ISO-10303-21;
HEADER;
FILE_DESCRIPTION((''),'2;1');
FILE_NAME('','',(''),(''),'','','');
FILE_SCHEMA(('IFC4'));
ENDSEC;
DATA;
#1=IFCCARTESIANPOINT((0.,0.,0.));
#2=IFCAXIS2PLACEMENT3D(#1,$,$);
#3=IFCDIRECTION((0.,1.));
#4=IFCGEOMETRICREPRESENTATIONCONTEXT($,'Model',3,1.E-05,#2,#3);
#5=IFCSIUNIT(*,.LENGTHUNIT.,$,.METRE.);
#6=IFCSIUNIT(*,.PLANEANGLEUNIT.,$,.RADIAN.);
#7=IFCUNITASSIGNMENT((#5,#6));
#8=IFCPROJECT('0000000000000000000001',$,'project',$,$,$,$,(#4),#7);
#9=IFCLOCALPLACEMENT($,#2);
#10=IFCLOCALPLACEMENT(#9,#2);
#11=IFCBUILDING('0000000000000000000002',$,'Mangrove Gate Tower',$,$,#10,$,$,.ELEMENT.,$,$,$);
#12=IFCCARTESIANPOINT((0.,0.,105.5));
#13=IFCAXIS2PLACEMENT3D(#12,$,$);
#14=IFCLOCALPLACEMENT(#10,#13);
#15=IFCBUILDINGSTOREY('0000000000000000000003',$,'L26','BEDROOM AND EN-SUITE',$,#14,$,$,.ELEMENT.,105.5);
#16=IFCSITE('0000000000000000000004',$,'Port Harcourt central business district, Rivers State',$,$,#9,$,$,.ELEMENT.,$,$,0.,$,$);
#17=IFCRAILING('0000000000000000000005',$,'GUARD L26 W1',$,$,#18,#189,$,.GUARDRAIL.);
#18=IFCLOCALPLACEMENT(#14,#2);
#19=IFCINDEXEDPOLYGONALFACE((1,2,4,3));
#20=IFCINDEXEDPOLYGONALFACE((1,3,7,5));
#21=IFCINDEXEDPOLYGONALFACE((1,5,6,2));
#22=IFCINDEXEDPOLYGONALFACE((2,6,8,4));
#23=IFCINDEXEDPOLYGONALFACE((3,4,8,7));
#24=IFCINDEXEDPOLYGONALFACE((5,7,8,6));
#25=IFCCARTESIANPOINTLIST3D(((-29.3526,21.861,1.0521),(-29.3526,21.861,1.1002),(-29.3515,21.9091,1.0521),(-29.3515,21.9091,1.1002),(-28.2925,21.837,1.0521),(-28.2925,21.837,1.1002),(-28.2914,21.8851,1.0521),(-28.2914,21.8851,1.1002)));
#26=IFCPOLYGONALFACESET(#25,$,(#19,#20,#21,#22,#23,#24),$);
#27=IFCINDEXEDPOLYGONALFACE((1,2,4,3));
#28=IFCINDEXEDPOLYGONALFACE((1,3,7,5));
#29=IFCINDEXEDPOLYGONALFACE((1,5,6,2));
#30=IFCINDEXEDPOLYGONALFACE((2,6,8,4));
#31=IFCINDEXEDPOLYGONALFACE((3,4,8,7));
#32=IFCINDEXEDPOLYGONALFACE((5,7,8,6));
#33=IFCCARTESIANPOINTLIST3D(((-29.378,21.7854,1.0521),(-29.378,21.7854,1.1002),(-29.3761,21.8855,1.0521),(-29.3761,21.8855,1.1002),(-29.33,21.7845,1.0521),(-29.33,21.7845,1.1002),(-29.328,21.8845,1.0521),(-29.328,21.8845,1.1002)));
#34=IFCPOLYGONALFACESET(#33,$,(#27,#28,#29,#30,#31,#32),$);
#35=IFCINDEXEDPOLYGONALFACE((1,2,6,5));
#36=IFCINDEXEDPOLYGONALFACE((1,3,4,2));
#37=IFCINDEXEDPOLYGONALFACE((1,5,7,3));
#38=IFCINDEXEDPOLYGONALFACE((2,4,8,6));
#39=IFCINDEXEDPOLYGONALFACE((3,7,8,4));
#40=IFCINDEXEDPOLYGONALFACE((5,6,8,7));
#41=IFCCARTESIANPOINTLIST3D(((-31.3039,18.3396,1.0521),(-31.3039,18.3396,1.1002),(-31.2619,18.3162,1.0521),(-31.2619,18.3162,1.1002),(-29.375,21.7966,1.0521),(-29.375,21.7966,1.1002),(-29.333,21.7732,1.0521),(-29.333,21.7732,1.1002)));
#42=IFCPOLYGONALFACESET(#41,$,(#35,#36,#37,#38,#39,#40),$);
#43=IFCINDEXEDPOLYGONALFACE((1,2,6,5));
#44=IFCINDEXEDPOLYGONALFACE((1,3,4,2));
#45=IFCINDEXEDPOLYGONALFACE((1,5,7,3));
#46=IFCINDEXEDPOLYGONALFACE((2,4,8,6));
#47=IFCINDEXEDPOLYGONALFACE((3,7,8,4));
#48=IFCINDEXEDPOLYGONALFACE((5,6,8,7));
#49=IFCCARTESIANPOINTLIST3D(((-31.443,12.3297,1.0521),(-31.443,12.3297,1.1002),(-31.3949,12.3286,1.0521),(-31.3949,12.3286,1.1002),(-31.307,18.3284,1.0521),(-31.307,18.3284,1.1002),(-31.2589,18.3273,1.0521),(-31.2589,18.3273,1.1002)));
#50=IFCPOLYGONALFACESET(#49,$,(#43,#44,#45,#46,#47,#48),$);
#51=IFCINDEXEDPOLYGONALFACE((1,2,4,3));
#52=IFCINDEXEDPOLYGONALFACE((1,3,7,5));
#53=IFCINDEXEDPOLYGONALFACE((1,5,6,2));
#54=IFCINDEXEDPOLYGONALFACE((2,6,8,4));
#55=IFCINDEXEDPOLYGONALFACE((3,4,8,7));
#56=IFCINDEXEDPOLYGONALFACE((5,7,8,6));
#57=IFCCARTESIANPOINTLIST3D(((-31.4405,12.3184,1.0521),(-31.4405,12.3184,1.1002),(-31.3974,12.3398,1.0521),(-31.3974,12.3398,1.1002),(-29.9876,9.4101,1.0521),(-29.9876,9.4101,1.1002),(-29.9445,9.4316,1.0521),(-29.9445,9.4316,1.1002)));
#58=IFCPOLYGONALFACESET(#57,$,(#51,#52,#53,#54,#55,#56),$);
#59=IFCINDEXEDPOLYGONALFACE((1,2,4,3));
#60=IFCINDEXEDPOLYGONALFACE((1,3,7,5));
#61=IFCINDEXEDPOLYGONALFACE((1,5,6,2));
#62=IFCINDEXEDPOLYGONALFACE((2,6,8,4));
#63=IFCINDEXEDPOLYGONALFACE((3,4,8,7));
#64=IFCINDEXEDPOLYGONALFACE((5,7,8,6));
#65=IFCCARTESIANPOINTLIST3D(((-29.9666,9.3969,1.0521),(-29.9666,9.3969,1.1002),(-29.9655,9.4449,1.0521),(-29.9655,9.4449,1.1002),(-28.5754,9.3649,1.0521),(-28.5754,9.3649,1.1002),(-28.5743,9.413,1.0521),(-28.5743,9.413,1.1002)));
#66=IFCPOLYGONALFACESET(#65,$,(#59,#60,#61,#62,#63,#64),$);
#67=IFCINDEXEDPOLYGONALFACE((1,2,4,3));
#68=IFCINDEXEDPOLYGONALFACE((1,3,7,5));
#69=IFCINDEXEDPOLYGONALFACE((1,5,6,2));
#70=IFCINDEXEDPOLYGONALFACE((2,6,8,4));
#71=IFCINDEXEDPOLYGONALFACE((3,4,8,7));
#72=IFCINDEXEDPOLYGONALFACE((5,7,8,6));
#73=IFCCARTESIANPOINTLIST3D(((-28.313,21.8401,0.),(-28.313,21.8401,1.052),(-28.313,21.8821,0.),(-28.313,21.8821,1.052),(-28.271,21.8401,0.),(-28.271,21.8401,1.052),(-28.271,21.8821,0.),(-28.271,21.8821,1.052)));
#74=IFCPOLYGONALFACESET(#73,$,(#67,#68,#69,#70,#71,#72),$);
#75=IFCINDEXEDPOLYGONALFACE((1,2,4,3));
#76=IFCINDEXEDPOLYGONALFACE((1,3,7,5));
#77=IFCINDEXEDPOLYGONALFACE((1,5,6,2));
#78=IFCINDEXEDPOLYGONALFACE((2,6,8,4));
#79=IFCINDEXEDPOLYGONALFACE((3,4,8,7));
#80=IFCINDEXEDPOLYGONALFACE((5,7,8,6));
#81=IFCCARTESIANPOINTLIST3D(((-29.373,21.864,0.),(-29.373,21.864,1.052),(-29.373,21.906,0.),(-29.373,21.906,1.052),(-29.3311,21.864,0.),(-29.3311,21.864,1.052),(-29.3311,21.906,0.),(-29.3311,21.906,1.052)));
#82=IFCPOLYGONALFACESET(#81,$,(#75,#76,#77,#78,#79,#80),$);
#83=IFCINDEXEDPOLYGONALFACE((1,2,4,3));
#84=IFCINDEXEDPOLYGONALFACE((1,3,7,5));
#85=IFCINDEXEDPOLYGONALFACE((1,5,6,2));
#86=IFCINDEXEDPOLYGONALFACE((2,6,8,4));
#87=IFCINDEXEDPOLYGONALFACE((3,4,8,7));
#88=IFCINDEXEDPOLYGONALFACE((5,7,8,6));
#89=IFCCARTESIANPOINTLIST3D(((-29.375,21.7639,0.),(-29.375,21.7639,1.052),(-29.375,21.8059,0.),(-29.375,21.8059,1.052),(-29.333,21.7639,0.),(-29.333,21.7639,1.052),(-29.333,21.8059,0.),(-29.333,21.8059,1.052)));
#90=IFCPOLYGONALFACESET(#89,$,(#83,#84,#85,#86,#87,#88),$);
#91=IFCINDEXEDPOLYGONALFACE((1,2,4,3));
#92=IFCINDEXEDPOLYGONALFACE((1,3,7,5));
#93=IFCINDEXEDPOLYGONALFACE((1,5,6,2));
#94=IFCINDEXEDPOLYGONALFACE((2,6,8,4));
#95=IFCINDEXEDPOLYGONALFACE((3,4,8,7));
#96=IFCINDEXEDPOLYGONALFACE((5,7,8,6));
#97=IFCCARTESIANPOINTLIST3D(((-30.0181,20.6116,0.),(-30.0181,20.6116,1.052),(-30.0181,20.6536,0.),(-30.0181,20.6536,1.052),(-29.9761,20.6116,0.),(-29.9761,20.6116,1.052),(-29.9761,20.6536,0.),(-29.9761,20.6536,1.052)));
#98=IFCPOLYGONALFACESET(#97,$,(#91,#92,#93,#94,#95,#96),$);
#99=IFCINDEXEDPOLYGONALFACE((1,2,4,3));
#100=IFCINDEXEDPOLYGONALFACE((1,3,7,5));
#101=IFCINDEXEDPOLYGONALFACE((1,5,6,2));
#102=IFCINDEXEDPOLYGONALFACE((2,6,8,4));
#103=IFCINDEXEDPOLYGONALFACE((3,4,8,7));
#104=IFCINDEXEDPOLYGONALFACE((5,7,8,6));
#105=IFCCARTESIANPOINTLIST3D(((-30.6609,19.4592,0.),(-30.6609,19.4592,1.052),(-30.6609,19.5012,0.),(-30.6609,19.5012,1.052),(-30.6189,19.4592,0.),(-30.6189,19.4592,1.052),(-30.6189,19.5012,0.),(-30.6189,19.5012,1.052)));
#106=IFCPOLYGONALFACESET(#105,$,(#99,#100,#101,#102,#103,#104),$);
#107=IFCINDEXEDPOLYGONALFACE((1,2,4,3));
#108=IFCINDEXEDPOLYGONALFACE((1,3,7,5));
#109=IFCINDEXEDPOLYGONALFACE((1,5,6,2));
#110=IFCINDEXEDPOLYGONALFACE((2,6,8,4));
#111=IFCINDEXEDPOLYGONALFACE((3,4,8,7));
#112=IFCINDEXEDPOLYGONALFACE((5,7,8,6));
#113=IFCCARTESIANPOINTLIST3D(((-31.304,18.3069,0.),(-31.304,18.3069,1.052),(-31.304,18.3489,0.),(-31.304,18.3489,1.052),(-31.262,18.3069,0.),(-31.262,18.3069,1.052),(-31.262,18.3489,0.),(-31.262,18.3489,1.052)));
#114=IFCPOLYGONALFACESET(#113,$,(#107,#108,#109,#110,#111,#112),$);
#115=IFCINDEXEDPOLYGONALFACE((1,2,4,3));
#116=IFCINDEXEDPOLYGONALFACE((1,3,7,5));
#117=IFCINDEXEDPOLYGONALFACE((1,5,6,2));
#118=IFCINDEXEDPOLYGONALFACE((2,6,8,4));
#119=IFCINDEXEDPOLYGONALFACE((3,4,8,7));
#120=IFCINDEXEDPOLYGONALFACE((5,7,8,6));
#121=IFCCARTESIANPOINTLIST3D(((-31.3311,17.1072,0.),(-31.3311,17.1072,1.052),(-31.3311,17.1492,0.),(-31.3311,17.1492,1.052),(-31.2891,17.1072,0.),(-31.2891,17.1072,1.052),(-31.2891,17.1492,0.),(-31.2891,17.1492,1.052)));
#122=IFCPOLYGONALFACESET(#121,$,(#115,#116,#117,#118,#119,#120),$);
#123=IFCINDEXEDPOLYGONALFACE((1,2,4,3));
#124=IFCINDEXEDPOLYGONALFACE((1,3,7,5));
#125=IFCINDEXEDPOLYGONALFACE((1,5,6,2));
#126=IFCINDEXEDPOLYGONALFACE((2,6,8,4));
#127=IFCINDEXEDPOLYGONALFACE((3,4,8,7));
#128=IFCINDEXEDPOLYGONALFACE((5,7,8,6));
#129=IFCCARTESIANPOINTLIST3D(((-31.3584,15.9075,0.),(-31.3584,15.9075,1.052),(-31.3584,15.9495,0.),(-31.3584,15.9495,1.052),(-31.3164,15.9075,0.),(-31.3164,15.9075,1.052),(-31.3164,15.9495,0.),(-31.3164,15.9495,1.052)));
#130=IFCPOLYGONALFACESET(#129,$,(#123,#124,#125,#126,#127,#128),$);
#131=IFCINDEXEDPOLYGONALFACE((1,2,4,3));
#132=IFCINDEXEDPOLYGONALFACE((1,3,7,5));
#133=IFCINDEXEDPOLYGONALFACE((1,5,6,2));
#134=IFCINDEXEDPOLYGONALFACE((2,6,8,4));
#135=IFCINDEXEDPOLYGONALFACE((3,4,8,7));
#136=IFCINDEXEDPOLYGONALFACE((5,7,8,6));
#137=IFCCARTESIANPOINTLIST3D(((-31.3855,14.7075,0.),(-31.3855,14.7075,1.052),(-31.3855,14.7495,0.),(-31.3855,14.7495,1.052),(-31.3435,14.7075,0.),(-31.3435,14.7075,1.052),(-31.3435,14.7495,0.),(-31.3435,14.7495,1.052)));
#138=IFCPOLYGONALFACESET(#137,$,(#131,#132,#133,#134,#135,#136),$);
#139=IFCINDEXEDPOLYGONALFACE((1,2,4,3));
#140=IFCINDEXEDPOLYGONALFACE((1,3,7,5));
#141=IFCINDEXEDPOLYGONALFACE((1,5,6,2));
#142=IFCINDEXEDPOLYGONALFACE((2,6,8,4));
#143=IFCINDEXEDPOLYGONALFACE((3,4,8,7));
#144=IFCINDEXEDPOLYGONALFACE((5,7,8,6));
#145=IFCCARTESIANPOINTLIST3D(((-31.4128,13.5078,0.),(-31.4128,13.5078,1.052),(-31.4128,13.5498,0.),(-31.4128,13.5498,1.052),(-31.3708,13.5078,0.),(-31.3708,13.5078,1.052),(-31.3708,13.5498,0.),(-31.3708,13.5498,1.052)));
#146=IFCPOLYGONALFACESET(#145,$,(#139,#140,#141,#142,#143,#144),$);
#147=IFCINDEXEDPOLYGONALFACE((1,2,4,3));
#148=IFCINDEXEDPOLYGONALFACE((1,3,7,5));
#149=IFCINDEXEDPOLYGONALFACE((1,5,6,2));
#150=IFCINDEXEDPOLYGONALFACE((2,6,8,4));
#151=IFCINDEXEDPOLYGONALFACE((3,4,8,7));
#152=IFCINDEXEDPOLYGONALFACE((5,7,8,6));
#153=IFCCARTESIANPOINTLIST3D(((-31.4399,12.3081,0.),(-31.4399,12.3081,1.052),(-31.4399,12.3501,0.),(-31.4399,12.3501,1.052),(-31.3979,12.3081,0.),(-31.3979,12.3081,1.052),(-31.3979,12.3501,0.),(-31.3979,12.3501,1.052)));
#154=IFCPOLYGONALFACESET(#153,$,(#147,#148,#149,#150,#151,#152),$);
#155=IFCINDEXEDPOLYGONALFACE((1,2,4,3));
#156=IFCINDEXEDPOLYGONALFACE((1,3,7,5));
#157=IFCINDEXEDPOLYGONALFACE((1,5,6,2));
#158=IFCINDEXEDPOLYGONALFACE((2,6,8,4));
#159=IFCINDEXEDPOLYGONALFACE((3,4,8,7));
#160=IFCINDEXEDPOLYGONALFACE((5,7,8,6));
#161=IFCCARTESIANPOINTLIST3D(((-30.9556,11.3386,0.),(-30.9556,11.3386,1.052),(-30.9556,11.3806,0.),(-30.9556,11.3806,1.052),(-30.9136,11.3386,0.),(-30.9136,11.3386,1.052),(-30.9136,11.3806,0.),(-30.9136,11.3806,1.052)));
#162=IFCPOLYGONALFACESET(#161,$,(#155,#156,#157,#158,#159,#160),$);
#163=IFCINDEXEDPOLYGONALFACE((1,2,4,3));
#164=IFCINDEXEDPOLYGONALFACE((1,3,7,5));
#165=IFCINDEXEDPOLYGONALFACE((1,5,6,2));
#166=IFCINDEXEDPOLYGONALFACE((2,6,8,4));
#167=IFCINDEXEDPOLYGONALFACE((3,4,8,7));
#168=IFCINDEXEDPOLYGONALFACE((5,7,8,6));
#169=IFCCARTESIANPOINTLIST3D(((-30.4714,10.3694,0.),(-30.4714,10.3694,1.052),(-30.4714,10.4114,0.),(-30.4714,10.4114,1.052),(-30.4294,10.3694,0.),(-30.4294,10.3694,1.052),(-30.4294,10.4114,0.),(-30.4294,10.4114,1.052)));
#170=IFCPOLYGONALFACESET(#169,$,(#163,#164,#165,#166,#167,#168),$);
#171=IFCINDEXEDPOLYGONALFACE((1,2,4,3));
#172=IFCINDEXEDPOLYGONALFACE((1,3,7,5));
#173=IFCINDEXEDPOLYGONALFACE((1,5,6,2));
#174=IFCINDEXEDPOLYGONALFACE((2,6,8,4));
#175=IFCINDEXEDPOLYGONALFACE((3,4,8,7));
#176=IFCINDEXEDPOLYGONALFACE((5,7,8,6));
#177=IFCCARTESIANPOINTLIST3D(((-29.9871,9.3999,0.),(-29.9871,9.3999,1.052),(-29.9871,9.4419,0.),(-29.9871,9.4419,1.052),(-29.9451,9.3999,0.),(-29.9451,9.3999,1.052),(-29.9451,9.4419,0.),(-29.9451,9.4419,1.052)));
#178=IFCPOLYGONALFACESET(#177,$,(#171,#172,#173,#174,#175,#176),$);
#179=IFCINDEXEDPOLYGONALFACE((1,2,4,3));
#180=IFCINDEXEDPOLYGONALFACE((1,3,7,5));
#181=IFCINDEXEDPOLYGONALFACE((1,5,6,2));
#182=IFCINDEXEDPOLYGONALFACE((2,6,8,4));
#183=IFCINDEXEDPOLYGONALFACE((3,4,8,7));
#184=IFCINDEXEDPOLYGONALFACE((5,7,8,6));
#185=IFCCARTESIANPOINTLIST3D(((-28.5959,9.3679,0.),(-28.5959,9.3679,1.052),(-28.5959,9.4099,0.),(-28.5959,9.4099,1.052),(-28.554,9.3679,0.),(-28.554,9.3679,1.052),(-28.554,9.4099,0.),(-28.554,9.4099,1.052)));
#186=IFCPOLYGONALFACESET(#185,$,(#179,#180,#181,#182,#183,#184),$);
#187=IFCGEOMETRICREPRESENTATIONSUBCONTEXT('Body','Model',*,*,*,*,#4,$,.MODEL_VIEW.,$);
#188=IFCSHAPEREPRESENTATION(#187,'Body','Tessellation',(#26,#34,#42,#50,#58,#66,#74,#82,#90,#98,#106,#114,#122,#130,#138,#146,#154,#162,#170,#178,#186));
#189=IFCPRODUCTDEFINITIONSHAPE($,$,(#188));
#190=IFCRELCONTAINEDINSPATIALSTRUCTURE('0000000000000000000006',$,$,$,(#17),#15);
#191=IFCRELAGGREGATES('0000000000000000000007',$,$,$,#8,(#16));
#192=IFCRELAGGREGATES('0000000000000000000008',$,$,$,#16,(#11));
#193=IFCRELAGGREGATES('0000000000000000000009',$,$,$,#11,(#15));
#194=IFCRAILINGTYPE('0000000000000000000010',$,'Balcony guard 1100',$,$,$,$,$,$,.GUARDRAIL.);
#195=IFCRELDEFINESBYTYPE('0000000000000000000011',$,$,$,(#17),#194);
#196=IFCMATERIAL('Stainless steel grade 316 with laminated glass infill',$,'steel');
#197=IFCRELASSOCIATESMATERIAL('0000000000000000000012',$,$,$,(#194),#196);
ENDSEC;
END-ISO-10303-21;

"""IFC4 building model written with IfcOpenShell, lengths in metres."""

from ifc_helpers import new_model, si_unit, direction, frame, origin, origin_2d, place, context, subcontext, project, spatial, rectangle, extrude, material, type_object, element, save


model = new_model("IFC4")

# Units and contexts
model_context = context("Model", 3, precision=1e-05, world=origin(), true_north=direction((0.0, 1.0)))
body_context = subcontext(model_context, "Body", "Model", "MODEL_VIEW")
ifc_project = project(units=[si_unit("LENGTHUNIT", "METRE"), si_unit("PLANEANGLEUNIT", "RADIAN")], contexts=[model_context])

# Site, building, storey
site_placement = place(None, origin())
site = spatial("IfcSite", under=ifc_project, at=site_placement, Name="Port Harcourt central business district, Rivers State", CompositionType="ELEMENT", RefElevation=0.0)
building_placement = place(site_placement, origin())
building = spatial("IfcBuilding", under=site, at=building_placement, Name="Mangrove Gate Tower", CompositionType="ELEMENT")
storey_placement = place(building_placement, frame((0.0, 0.0, 105.5)))
storey = spatial("IfcBuildingStorey", under=building, at=storey_placement, Name="L26", Description="BEDROOM AND EN-SUITE", CompositionType="ELEMENT", Elevation=105.5)

# Railing
ifc_material_1 = material(Name="Stainless steel grade 316 with laminated glass infill", Category="steel")
railing_type = type_object("IfcRailingType", Name="Balcony guard 1100", PredefinedType="GUARDRAIL", material=ifc_material_1)
railing_placement = place(storey_placement, frame((-28.292, 21.8611, 0.0)))
element("IfcRailing", 1, at=railing_placement, inside=storey, type_object=railing_type, Name="GUARD L26 W1", PredefinedType="GUARDRAIL", context=body_context, shape_type="SweptSolid", body=[
    extrude(rectangle(XDim=0.0481, YDim=0.0481, at=origin_2d()), frame((0.0, 0.0, 1.0762), z_axis=(-0.999745, 0.022564, 0.0), x_axis=(-0.022564, -0.999745, 0.0)), (0.0, 0.0, 1.0), 1.0603),
    extrude(rectangle(XDim=0.0481, YDim=0.0481, at=origin_2d()), frame((-1.0601, 0.0239, 1.0762), z_axis=(-0.019508, -0.99981, 0.0), x_axis=(0.99981, -0.019508, 0.0)), (0.0, 0.0, 1.0), 0.1001),
    extrude(rectangle(XDim=0.0481, YDim=0.0481, at=origin_2d()), frame((-1.062, -0.0762, 1.0762), z_axis=(-0.48726, -0.873257, 0.0), x_axis=(0.873257, -0.48726, 0.0)), (0.0, 0.0, 1.0), 3.9587),
    extrude(rectangle(XDim=0.0481, YDim=0.0481, at=origin_2d()), frame((-2.991, -3.5332, 1.0762), z_axis=(-0.022663, -0.999743, 0.0), x_axis=(0.999743, -0.022663, 0.0)), (0.0, 0.0, 1.0), 6.0002),
    extrude(rectangle(XDim=0.0481, YDim=0.0481, at=origin_2d()), frame((-3.127, -9.532, 1.0762), z_axis=(0.446913, -0.894577, 0.0), x_axis=(0.894577, 0.446913, 0.0)), (0.0, 0.0, 1.0), 3.251),
    extrude(rectangle(XDim=0.0481, YDim=0.0481, at=origin_2d()), frame((-1.6741, -12.4402, 1.0762), z_axis=(0.999736, -0.022984, 0.0), x_axis=(0.022984, 0.999736, 0.0)), (0.0, 0.0, 1.0), 1.3916),
    extrude(rectangle(XDim=0.042, YDim=0.042, at=origin_2d()), origin(), (0.0, 0.0, 1.0), 1.052),
    extrude(rectangle(XDim=0.042, YDim=0.042, at=origin_2d()), frame((-1.0601, 0.0239, 0.0)), (0.0, 0.0, 1.0), 1.052),
    extrude(rectangle(XDim=0.042, YDim=0.042, at=origin_2d()), frame((-1.062, -0.0762, 0.0)), (0.0, 0.0, 1.0), 1.052),
    extrude(rectangle(XDim=0.042, YDim=0.042, at=origin_2d()), frame((-1.7051, -1.2285, 0.0)), (0.0, 0.0, 1.0), 1.052),
    extrude(rectangle(XDim=0.042, YDim=0.042, at=origin_2d()), frame((-2.3479, -2.3809, 0.0)), (0.0, 0.0, 1.0), 1.052),
    extrude(rectangle(XDim=0.042, YDim=0.042, at=origin_2d()), frame((-2.991, -3.5332, 0.0)), (0.0, 0.0, 1.0), 1.052),
    extrude(rectangle(XDim=0.042, YDim=0.042, at=origin_2d()), frame((-3.0181, -4.7329, 0.0)), (0.0, 0.0, 1.0), 1.052),
    extrude(rectangle(XDim=0.042, YDim=0.042, at=origin_2d()), frame((-3.0454, -5.9326, 0.0)), (0.0, 0.0, 1.0), 1.052),
    extrude(rectangle(XDim=0.042, YDim=0.042, at=origin_2d()), frame((-3.0725, -7.1326, 0.0)), (0.0, 0.0, 1.0), 1.052),
    extrude(rectangle(XDim=0.042, YDim=0.042, at=origin_2d()), frame((-3.0999, -8.3323, 0.0)), (0.0, 0.0, 1.0), 1.052),
    extrude(rectangle(XDim=0.042, YDim=0.042, at=origin_2d()), frame((-3.127, -9.532, 0.0)), (0.0, 0.0, 1.0), 1.052),
    extrude(rectangle(XDim=0.042, YDim=0.042, at=origin_2d()), frame((-2.6426, -10.5015, 0.0)), (0.0, 0.0, 1.0), 1.052),
    extrude(rectangle(XDim=0.042, YDim=0.042, at=origin_2d()), frame((-2.1584, -11.4707, 0.0)), (0.0, 0.0, 1.0), 1.052),
    extrude(rectangle(XDim=0.042, YDim=0.042, at=origin_2d()), frame((-1.6741, -12.4402, 0.0)), (0.0, 0.0, 1.0), 1.052),
    extrude(rectangle(XDim=0.042, YDim=0.042, at=origin_2d()), frame((-0.283, -12.4722, 0.0)), (0.0, 0.0, 1.0), 1.052),
])

save(model, "model.ifc")
